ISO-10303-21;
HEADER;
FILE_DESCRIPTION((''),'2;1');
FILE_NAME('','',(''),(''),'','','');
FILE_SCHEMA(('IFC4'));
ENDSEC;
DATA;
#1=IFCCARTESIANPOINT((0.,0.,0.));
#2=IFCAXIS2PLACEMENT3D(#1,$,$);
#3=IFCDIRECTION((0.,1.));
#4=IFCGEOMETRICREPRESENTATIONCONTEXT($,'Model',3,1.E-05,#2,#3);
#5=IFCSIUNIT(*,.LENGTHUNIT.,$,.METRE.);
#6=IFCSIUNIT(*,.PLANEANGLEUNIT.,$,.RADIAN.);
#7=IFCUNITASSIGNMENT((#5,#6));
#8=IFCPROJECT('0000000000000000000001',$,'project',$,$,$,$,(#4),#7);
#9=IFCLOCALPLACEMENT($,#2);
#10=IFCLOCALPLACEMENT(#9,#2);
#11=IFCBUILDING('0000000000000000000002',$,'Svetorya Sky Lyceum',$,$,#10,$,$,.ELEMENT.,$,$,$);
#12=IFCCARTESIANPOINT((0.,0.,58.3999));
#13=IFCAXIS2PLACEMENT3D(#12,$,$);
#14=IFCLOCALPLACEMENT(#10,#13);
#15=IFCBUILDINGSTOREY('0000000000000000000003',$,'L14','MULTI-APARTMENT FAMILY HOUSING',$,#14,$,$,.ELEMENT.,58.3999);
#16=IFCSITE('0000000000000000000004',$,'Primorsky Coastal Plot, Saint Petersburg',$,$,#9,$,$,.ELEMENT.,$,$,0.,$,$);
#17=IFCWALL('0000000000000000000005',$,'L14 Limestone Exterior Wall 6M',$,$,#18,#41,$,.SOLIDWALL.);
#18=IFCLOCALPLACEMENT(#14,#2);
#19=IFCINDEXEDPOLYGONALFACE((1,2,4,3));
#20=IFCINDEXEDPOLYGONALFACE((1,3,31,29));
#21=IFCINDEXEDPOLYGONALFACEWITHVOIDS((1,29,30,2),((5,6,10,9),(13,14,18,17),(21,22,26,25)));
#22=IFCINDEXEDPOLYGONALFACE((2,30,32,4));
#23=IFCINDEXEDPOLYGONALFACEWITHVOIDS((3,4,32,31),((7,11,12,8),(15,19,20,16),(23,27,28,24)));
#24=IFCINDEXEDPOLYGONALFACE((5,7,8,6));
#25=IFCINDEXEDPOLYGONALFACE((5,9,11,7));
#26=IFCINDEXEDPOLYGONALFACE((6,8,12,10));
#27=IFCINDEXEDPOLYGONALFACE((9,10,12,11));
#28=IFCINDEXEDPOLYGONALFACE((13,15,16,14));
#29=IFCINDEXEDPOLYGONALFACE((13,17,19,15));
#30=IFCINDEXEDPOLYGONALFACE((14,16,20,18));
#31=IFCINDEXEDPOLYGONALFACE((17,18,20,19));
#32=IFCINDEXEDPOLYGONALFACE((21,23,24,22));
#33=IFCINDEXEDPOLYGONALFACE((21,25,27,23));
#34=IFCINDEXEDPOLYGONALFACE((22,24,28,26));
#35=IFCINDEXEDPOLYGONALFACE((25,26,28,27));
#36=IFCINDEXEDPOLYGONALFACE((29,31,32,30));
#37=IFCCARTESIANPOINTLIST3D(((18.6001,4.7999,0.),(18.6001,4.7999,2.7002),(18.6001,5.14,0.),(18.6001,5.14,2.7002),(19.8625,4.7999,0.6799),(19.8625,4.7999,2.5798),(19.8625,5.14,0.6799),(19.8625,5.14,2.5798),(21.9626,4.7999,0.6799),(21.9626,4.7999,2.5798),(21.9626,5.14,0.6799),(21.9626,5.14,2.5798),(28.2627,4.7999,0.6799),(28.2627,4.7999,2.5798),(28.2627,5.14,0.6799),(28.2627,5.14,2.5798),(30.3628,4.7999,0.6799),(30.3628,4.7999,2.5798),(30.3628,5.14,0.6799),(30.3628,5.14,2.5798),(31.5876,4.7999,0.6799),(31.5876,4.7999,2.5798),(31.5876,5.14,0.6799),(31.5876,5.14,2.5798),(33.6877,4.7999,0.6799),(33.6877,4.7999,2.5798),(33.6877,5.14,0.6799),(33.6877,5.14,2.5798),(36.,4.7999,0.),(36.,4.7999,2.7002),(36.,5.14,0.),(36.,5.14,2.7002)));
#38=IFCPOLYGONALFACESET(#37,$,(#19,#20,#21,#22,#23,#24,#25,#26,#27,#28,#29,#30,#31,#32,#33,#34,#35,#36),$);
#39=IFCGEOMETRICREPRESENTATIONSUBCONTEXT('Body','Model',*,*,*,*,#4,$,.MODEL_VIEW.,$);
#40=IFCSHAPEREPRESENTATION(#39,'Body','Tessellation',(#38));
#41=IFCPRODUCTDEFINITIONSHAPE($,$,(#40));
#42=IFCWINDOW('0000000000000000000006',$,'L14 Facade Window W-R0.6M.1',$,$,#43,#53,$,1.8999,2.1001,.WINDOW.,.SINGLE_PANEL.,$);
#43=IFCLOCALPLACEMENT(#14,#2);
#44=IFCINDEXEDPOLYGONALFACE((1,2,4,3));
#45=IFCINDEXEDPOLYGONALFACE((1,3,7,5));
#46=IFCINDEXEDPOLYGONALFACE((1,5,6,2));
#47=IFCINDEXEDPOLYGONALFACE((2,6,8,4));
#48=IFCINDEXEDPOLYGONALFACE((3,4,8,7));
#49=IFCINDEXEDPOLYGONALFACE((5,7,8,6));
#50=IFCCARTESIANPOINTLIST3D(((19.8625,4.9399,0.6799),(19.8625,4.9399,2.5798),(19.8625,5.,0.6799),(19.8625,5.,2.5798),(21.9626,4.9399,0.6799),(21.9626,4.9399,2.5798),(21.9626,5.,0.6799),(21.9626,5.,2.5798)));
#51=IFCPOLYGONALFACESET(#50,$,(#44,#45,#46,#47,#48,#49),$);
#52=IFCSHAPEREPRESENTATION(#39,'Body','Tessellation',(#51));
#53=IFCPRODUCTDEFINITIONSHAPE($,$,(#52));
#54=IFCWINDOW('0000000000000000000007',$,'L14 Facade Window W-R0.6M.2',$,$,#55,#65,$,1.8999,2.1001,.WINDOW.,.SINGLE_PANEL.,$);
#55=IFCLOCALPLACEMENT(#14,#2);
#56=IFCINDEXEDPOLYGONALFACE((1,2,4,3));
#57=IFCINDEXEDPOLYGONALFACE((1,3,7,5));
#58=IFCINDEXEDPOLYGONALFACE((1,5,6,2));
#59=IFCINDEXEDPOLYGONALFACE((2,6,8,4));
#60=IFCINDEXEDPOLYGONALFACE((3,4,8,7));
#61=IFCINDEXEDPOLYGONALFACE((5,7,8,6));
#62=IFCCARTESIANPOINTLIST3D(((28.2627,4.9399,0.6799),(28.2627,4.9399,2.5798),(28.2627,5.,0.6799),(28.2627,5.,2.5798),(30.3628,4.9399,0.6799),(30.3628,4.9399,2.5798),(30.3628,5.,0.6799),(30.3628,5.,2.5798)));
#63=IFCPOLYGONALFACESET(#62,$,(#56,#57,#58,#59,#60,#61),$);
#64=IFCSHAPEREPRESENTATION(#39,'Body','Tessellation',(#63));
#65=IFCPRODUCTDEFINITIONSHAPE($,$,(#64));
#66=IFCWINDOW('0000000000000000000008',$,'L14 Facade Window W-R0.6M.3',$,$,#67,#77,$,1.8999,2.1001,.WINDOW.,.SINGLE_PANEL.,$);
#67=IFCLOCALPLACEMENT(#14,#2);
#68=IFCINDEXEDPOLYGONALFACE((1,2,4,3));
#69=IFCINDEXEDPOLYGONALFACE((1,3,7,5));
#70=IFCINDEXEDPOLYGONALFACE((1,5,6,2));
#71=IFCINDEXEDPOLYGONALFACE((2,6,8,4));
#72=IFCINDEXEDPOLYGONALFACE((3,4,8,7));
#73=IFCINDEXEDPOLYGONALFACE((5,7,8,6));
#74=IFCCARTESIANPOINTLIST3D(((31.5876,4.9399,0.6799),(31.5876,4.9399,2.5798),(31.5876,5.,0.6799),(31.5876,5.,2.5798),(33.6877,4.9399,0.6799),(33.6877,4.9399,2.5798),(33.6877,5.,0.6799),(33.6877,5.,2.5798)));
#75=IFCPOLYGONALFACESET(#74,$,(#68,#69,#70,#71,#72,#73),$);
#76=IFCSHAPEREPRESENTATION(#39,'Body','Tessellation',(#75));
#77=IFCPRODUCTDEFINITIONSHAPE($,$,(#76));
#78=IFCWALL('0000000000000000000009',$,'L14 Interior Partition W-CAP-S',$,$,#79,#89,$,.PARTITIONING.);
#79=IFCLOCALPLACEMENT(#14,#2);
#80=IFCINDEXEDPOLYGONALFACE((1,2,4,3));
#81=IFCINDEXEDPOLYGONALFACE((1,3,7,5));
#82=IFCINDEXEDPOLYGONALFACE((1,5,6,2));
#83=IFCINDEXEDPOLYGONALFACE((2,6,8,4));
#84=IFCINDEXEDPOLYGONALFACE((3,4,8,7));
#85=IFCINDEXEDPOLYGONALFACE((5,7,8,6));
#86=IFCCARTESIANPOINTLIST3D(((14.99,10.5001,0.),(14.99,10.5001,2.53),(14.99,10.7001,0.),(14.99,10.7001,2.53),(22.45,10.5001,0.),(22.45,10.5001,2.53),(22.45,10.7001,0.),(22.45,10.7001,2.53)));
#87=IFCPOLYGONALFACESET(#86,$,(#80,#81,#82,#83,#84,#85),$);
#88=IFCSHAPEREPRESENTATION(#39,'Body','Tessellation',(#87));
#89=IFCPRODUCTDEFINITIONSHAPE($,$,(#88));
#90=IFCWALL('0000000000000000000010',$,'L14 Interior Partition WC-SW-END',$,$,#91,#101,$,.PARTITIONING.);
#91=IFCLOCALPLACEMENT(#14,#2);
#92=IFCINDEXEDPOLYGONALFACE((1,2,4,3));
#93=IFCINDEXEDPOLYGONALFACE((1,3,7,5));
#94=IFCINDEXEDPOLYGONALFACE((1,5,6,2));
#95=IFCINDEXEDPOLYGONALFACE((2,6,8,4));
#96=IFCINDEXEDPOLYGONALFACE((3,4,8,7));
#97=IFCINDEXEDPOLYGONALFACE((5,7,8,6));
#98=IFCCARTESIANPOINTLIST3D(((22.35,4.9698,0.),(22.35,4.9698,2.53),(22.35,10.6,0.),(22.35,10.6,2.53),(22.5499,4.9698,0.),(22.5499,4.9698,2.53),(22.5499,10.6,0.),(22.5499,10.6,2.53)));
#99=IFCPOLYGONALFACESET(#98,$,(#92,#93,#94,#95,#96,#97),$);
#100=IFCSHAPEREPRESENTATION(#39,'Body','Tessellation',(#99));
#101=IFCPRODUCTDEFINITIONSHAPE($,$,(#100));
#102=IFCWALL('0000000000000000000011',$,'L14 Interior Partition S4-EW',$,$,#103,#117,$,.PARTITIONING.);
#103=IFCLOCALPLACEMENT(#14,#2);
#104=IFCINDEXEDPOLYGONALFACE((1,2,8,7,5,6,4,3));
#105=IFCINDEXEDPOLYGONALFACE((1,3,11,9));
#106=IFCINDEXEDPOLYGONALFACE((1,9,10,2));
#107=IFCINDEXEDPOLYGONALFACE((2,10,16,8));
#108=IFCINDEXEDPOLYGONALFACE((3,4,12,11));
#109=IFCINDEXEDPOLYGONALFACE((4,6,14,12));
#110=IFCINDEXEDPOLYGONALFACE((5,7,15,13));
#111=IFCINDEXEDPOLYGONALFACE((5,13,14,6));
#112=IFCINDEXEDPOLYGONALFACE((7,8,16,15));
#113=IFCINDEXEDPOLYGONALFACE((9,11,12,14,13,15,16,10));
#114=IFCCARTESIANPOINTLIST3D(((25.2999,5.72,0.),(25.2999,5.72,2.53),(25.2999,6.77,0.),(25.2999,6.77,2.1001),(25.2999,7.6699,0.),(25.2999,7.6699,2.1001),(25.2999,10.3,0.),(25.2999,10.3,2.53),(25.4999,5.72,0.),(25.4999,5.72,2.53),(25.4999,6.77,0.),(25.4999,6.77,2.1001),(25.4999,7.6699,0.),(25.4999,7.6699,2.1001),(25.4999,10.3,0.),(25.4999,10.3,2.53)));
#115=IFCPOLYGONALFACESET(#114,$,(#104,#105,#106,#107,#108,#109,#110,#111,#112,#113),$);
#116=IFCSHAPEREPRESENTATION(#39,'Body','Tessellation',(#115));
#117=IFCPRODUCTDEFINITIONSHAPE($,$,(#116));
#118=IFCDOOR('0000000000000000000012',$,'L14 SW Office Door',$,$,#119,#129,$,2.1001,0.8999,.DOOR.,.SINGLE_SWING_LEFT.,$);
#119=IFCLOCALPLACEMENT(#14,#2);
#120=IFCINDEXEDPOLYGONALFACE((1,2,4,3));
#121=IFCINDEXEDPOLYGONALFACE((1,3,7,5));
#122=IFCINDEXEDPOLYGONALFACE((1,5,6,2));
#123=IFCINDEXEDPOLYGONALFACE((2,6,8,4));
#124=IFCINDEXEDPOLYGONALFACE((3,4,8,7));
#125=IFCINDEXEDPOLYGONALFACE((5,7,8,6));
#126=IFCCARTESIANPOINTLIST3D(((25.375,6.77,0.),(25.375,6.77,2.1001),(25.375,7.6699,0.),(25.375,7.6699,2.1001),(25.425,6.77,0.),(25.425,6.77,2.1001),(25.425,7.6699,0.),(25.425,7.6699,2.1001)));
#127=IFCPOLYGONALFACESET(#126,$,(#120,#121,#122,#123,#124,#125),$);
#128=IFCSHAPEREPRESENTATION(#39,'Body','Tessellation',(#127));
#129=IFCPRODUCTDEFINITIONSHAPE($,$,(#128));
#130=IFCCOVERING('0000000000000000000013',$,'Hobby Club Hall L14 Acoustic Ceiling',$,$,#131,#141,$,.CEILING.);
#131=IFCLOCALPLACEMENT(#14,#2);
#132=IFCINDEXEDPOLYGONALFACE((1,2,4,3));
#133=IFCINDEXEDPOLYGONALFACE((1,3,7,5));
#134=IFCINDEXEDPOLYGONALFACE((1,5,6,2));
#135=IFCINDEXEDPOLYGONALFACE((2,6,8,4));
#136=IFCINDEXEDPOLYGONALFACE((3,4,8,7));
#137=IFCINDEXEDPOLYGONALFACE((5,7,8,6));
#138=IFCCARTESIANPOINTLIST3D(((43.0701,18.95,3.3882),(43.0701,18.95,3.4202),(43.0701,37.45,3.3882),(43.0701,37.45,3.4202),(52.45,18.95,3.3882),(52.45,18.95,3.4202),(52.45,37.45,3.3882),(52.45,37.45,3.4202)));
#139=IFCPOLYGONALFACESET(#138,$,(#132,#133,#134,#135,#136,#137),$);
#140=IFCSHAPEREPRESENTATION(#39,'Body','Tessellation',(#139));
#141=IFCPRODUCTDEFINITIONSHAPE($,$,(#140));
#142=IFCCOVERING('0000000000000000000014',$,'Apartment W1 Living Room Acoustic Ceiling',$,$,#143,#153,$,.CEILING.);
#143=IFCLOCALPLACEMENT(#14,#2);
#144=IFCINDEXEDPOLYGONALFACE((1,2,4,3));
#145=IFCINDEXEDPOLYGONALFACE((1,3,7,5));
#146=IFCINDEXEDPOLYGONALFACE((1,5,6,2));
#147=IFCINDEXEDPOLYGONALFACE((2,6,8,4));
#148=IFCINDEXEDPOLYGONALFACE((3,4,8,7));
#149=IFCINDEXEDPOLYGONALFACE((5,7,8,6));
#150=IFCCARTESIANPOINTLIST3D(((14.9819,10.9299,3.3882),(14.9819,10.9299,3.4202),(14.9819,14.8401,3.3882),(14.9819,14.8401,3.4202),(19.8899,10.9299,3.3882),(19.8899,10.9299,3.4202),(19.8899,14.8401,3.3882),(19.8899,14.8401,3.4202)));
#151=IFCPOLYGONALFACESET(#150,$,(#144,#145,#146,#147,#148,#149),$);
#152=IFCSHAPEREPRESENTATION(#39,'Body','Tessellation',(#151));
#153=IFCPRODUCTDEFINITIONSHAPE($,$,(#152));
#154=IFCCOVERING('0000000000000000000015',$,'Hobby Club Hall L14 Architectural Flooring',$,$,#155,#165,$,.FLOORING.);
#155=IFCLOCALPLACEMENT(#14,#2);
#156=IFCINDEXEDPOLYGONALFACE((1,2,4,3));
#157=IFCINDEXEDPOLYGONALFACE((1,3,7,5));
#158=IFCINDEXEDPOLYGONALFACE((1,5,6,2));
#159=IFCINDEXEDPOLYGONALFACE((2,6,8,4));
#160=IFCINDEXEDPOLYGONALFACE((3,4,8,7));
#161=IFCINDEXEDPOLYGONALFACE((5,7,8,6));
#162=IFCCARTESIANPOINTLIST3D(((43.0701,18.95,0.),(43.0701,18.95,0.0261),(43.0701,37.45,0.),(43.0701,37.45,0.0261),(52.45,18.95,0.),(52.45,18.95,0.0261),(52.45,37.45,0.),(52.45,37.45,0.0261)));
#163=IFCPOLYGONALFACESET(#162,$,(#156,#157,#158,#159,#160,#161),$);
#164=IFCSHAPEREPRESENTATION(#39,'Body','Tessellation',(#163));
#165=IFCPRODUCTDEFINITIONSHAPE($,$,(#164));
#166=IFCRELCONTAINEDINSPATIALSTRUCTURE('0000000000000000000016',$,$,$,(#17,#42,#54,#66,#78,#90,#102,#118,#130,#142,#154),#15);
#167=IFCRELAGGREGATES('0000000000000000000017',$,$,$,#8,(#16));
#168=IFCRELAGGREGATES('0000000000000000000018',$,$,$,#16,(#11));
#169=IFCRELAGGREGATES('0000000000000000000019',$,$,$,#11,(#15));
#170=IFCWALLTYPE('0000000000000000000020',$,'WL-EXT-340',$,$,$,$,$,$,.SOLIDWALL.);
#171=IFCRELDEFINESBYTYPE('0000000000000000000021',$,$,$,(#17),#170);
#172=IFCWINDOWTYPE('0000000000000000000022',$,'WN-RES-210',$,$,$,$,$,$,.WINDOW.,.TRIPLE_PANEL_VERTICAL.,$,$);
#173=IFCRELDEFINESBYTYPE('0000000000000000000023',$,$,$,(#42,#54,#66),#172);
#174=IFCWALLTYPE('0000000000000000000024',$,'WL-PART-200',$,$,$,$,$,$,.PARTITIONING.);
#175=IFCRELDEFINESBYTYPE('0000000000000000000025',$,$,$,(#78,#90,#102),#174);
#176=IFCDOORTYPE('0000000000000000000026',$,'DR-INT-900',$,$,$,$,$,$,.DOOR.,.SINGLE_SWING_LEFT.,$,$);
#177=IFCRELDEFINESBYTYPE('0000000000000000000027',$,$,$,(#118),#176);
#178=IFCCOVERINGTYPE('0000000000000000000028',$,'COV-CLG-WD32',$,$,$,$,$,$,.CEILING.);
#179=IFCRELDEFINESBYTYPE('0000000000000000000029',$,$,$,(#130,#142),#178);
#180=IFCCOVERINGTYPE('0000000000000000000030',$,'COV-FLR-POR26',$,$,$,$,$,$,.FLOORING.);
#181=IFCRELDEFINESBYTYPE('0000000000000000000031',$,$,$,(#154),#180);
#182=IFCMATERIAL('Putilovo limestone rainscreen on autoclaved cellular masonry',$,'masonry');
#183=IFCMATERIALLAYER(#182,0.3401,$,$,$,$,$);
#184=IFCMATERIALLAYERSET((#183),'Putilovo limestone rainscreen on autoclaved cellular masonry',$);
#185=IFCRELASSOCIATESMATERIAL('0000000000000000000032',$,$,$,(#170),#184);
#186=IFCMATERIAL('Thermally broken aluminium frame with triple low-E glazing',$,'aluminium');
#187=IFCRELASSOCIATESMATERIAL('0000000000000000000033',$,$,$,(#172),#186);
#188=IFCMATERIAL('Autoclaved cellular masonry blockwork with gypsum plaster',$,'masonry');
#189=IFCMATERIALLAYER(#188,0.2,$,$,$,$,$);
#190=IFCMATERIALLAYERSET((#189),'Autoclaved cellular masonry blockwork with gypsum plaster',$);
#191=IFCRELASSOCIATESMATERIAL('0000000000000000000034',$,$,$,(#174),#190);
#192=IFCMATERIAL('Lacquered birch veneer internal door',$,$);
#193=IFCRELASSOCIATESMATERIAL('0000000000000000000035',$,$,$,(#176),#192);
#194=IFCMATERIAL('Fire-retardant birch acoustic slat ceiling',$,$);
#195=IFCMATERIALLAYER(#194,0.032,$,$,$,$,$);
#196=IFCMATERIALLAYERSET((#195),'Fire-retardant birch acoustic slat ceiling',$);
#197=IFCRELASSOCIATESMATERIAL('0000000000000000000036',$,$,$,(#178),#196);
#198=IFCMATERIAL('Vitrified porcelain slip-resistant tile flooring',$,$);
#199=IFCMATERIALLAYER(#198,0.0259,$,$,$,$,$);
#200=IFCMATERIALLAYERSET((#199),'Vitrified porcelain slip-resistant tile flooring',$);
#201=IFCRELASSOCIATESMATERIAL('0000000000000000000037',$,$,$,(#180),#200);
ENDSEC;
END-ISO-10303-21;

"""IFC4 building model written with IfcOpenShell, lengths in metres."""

from ifc_helpers import new_model, si_unit, direction, frame, frame_2d, origin, place, context, subcontext, project, spatial, polyline, rectangle, outline, extrude, material, layer, layer_set, type_object, element, fill, save


model = new_model("IFC4")

# Units and contexts
model_context = context("Model", 3, precision=1e-05, world=origin(), true_north=direction((0.0, 1.0)))
body_context = subcontext(model_context, "Body", "Model", "MODEL_VIEW")
ifc_project = project(units=[si_unit("LENGTHUNIT", "METRE"), si_unit("PLANEANGLEUNIT", "RADIAN")], contexts=[model_context])

# Site, building, storey
site_placement = place(None, origin())
site = spatial("IfcSite", under=ifc_project, at=site_placement, Name="Primorsky Coastal Plot, Saint Petersburg", CompositionType="ELEMENT", RefElevation=0.0)
building_placement = place(site_placement, origin())
building = spatial("IfcBuilding", under=site, at=building_placement, Name="Svetorya Sky Lyceum", CompositionType="ELEMENT")
storey_placement = place(building_placement, frame((0.0, 0.0, 58.3999)))
storey = spatial("IfcBuildingStorey", under=building, at=storey_placement, Name="L14", Description="MULTI-APARTMENT FAMILY HOUSING", CompositionType="ELEMENT", Elevation=58.3999)

# Shared definitions
ifc_material_1 = material(Name="Putilovo limestone rainscreen on autoclaved cellular masonry", Category="masonry")
ifc_layer_1 = layer(ifc_material_1, 0.3401)
ifc_layer_set_1 = layer_set([ifc_layer_1], Name="Putilovo limestone rainscreen on autoclaved cellular masonry")
wall_type_1 = type_object("IfcWallType", Name="WL-EXT-340", PredefinedType="SOLIDWALL", material=ifc_layer_set_1)

# Wall, openings, windows
wall_1_placement = place(storey_placement, frame((18.6001, 4.97, 0.0), z_axis=(0.0, 0.0, 1.0), x_axis=(1.0, 0.0, 0.0)))
wall_1 = element("IfcWall", 1, at=wall_1_placement, inside=storey, type_object=wall_type_1, Name="L14 Limestone Exterior Wall 6M", PredefinedType="SOLIDWALL", context=body_context, shape_type="SweptSolid", body=[
    extrude(rectangle(XDim=17.3999, YDim=0.3401, at=frame_2d((8.7, 0.0))), origin(), (0.0, 0.0, 1.0), 2.7002),
])
opening_1_placement = place(wall_1_placement, frame((1.2625, 0.0, 0.6799)))
opening_1 = element("IfcOpeningElement", 2, at=opening_1_placement, cuts=wall_1, PredefinedType="OPENING", context=body_context, shape_type="SweptSolid", body=[
    extrude(rectangle(XDim=2.1001, YDim=1.8999, at=frame_2d((1.05, 0.95))), frame((0.0, 0.1799, 0.0), z_axis=(0.0, -1.0, 0.0), x_axis=(1.0, 0.0, 0.0)), (0.0, 0.0, 1.0), 0.3601),
])
opening_2_placement = place(wall_1_placement, frame((9.6626, 0.0, 0.6799)))
opening_2 = element("IfcOpeningElement", 3, at=opening_2_placement, cuts=wall_1, PredefinedType="OPENING", context=body_context, shape_type="SweptSolid", body=[
    extrude(rectangle(XDim=2.1001, YDim=1.8999, at=frame_2d((1.05, 0.95))), frame((0.0, 0.1799, 0.0), z_axis=(0.0, -1.0, 0.0), x_axis=(1.0, 0.0, 0.0)), (0.0, 0.0, 1.0), 0.3601),
])
opening_3_placement = place(wall_1_placement, frame((12.9875, 0.0, 0.6799)))
opening_3 = element("IfcOpeningElement", 4, at=opening_3_placement, cuts=wall_1, PredefinedType="OPENING", context=body_context, shape_type="SweptSolid", body=[
    extrude(rectangle(XDim=2.1001, YDim=1.8999, at=frame_2d((1.05, 0.95))), frame((0.0, 0.1799, 0.0), z_axis=(0.0, -1.0, 0.0), x_axis=(1.0, 0.0, 0.0)), (0.0, 0.0, 1.0), 0.3601),
])
ifc_material_2 = material(Name="Thermally broken aluminium frame with triple low-E glazing", Category="aluminium")
window_type = type_object("IfcWindowType", Name="WN-RES-210", PartitioningType="TRIPLE_PANEL_VERTICAL", PredefinedType="WINDOW", material=ifc_material_2)
window_1_placement = place(opening_1_placement, origin())
window_1 = element("IfcWindow", 5, at=window_1_placement, inside=storey, type_object=window_type, Name="L14 Facade Window W-R0.6M.1", OverallHeight=1.8999, OverallWidth=2.1001, PartitioningType="SINGLE_PANEL", PredefinedType="WINDOW", context=body_context, shape_type="SweptSolid", body=[
    extrude(rectangle(XDim=2.1001, YDim=1.8999, at=frame_2d((1.05, 0.95))), frame((0.0, 0.03, 0.0), z_axis=(0.0, -1.0, 0.0), x_axis=(1.0, 0.0, 0.0)), (0.0, 0.0, 1.0), 0.0601),
])
fill(opening_1, window_1)
window_2_placement = place(opening_2_placement, origin())
window_2 = element("IfcWindow", 6, at=window_2_placement, inside=storey, type_object=window_type, Name="L14 Facade Window W-R0.6M.2", OverallHeight=1.8999, OverallWidth=2.1001, PartitioningType="SINGLE_PANEL", PredefinedType="WINDOW", context=body_context, shape_type="SweptSolid", body=[
    extrude(rectangle(XDim=2.1001, YDim=1.8999, at=frame_2d((1.05, 0.95))), frame((0.0, 0.03, 0.0), z_axis=(0.0, -1.0, 0.0), x_axis=(1.0, 0.0, 0.0)), (0.0, 0.0, 1.0), 0.0601),
])
fill(opening_2, window_2)
window_3_placement = place(opening_3_placement, origin())
window_3 = element("IfcWindow", 7, at=window_3_placement, inside=storey, type_object=window_type, Name="L14 Facade Window W-R0.6M.3", OverallHeight=1.8999, OverallWidth=2.1001, PartitioningType="SINGLE_PANEL", PredefinedType="WINDOW", context=body_context, shape_type="SweptSolid", body=[
    extrude(rectangle(XDim=2.1001, YDim=1.8999, at=frame_2d((1.05, 0.95))), frame((0.0, 0.03, 0.0), z_axis=(0.0, -1.0, 0.0), x_axis=(1.0, 0.0, 0.0)), (0.0, 0.0, 1.0), 0.0601),
])
fill(opening_3, window_3)

# Walls
ifc_material_3 = material(Name="Autoclaved cellular masonry blockwork with gypsum plaster", Category="masonry")
ifc_layer_2 = layer(ifc_material_3, 0.2)
ifc_layer_set_2 = layer_set([ifc_layer_2], Name="Autoclaved cellular masonry blockwork with gypsum plaster")
wall_type_2 = type_object("IfcWallType", Name="WL-PART-200", PredefinedType="PARTITIONING", material=ifc_layer_set_2)
wall_2_placement = place(storey_placement, frame((14.99, 10.6001, 0.0), z_axis=(0.0, 0.0, 1.0), x_axis=(1.0, 0.0, 0.0)))
element("IfcWall", 8, at=wall_2_placement, inside=storey, type_object=wall_type_2, Name="L14 Interior Partition W-CAP-S", PredefinedType="PARTITIONING", context=body_context, shape_type="SweptSolid", body=[
    extrude(rectangle(XDim=7.46, YDim=0.2, at=frame_2d((3.73, 0.0))), origin(), (0.0, 0.0, 1.0), 2.53),
])
wall_3_placement = place(storey_placement, frame((22.45, 4.97, 0.0), z_axis=(0.0, 0.0, 1.0), x_axis=(0.0, 1.0, 0.0)))
element("IfcWall", 9, at=wall_3_placement, inside=storey, type_object=wall_type_2, Name="L14 Interior Partition WC-SW-END", PredefinedType="PARTITIONING", context=body_context, shape_type="SweptSolid", body=[
    extrude(rectangle(XDim=5.6301, YDim=0.2, at=frame_2d((2.8149, 0.0))), origin(), (0.0, 0.0, 1.0), 2.53),
])

# Wall, opening, door
wall_4_placement = place(storey_placement, frame((25.3999, 5.72, 0.0), z_axis=(0.0, 0.0, 1.0), x_axis=(0.0, 1.0, 0.0)))
wall_4 = element("IfcWall", 10, at=wall_4_placement, inside=storey, type_object=wall_type_2, Name="L14 Interior Partition S4-EW", PredefinedType="PARTITIONING", context=body_context, shape_type="SweptSolid", body=[
    extrude(rectangle(XDim=4.5801, YDim=0.2, at=frame_2d((2.29, 0.0))), origin(), (0.0, 0.0, 1.0), 2.53),
])
opening_4_placement = place(wall_4_placement, frame((1.05, 0.0, 0.0)))
opening_4 = element("IfcOpeningElement", 11, at=opening_4_placement, cuts=wall_4, PredefinedType="OPENING", context=body_context, shape_type="SweptSolid", body=[
    extrude(rectangle(XDim=0.8999, YDim=2.1001, at=frame_2d((0.45, 1.05))), frame((0.0, 0.1099, 0.0), z_axis=(0.0, -1.0, 0.0), x_axis=(1.0, 0.0, 0.0)), (0.0, 0.0, 1.0), 0.22),
])
ifc_material_4 = material(Name="Lacquered birch veneer internal door")
door_type = type_object("IfcDoorType", Name="DR-INT-900", OperationType="SINGLE_SWING_LEFT", PredefinedType="DOOR", material=ifc_material_4)
door_placement = place(opening_4_placement, origin())
door = element("IfcDoor", 12, at=door_placement, inside=storey, type_object=door_type, Name="L14 SW Office Door", OperationType="SINGLE_SWING_LEFT", OverallHeight=2.1001, OverallWidth=0.8999, PredefinedType="DOOR", context=body_context, shape_type="SweptSolid", body=[
    extrude(rectangle(XDim=0.8999, YDim=2.1001, at=frame_2d((0.45, 1.05))), frame((0.0, 0.0249, 0.0), z_axis=(0.0, -1.0, 0.0), x_axis=(1.0, 0.0, 0.0)), (0.0, 0.0, 1.0), 0.05),
])
fill(opening_4, door)

# Coverings
ifc_material_5 = material(Name="Fire-retardant birch acoustic slat ceiling")
ifc_layer_3 = layer(ifc_material_5, 0.032)
ifc_layer_set_3 = layer_set([ifc_layer_3], Name="Fire-retardant birch acoustic slat ceiling")
covering_type_1 = type_object("IfcCoveringType", Name="COV-CLG-WD32", PredefinedType="CEILING", material=ifc_layer_set_3)
covering_1_placement = place(storey_placement, frame((0.0, 0.0, 3.3882)))
element("IfcCovering", 13, at=covering_1_placement, inside=storey, type_object=covering_type_1, Name="Hobby Club Hall L14 Acoustic Ceiling", PredefinedType="CEILING", context=body_context, shape_type="SweptSolid", body=[
    extrude(outline(polyline([(43.0701, 18.95), (52.45, 18.95), (52.45, 37.45), (43.0701, 37.45), (43.0701, 18.95)])), origin(), (0.0, 0.0, 1.0), 0.032),
])
covering_2_placement = place(storey_placement, frame((0.0, 0.0, 3.3882)))
element("IfcCovering", 14, at=covering_2_placement, inside=storey, type_object=covering_type_1, Name="Apartment W1 Living Room Acoustic Ceiling", PredefinedType="CEILING", context=body_context, shape_type="SweptSolid", body=[
    extrude(outline(polyline([(14.9819, 10.9299), (19.8899, 10.9299), (19.8899, 14.8401), (14.9819, 14.8401), (14.9819, 10.9299)])), origin(), (0.0, 0.0, 1.0), 0.032),
])
ifc_material_6 = material(Name="Vitrified porcelain slip-resistant tile flooring")
ifc_layer_4 = layer(ifc_material_6, 0.0259)
ifc_layer_set_4 = layer_set([ifc_layer_4], Name="Vitrified porcelain slip-resistant tile flooring")
covering_type_2 = type_object("IfcCoveringType", Name="COV-FLR-POR26", PredefinedType="FLOORING", material=ifc_layer_set_4)
covering_3_placement = place(storey_placement, origin())
element("IfcCovering", 15, at=covering_3_placement, inside=storey, type_object=covering_type_2, Name="Hobby Club Hall L14 Architectural Flooring", PredefinedType="FLOORING", context=body_context, shape_type="SweptSolid", body=[
    extrude(outline(polyline([(43.0701, 18.95), (52.45, 18.95), (52.45, 37.45), (43.0701, 37.45), (43.0701, 18.95)])), origin(), (0.0, 0.0, 1.0), 0.0261),
])

save(model, "model.ifc")
